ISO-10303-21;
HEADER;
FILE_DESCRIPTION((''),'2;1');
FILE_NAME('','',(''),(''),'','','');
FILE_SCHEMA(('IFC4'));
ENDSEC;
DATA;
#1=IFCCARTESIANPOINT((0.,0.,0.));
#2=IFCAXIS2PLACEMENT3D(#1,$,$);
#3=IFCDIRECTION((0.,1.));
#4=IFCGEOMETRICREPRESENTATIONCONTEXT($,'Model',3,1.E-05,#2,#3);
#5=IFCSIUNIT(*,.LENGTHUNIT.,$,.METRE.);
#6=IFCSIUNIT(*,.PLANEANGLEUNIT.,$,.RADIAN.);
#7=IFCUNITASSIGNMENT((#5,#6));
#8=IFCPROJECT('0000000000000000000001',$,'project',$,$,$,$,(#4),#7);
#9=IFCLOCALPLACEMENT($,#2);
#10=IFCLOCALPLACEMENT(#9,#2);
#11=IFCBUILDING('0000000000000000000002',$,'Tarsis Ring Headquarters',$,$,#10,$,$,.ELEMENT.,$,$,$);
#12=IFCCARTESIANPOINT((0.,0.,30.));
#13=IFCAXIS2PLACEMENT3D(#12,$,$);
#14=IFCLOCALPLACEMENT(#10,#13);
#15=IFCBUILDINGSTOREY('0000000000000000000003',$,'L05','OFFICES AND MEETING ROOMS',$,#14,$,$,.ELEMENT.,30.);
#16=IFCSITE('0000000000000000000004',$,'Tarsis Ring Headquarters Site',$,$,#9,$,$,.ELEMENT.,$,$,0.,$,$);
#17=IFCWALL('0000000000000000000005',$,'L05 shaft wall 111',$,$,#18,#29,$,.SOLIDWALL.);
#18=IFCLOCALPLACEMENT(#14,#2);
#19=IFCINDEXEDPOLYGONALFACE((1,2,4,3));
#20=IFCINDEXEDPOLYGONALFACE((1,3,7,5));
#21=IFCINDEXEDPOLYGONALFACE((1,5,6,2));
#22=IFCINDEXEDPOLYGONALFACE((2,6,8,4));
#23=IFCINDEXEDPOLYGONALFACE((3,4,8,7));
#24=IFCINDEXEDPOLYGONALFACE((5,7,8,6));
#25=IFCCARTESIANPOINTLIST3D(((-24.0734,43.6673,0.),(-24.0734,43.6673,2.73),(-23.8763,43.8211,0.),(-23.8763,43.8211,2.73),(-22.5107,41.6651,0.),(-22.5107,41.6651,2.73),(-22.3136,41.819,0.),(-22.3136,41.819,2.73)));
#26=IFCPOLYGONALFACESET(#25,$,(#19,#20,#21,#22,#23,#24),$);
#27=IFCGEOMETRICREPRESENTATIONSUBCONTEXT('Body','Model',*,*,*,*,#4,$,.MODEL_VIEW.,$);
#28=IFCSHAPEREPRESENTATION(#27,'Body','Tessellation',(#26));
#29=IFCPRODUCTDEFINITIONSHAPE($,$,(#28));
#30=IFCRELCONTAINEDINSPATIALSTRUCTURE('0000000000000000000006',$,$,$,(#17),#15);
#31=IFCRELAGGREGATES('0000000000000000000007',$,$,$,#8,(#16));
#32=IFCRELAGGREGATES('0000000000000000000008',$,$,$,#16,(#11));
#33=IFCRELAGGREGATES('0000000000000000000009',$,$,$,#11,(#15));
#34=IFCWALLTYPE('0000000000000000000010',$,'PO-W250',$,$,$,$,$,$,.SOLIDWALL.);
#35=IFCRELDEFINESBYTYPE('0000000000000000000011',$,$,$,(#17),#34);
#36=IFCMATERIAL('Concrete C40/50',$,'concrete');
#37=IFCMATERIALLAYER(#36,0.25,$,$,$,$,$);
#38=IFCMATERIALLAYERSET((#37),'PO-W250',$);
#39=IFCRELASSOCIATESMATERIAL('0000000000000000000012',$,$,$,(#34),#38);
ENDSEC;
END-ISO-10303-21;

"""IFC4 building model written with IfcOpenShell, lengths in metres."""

from ifc_helpers import new_model, si_unit, direction, frame, frame_2d, origin, place, context, subcontext, project, spatial, rectangle, extrude, material, layer, layer_set, type_object, element, save


model = new_model("IFC4")

# Units and contexts
model_context = context("Model", 3, precision=1e-05, world=origin(), true_north=direction((0.0, 1.0)))
body_context = subcontext(model_context, "Body", "Model", "MODEL_VIEW")
ifc_project = project(units=[si_unit("LENGTHUNIT", "METRE"), si_unit("PLANEANGLEUNIT", "RADIAN")], contexts=[model_context])

# Site, building, storey
site_placement = place(None, origin())
site = spatial("IfcSite", under=ifc_project, at=site_placement, Name="Tarsis Ring Headquarters Site", CompositionType="ELEMENT", RefElevation=0.0)
building_placement = place(site_placement, origin())
building = spatial("IfcBuilding", under=site, at=building_placement, Name="Tarsis Ring Headquarters", CompositionType="ELEMENT")
storey_placement = place(building_placement, frame((0.0, 0.0, 30.0)))
storey = spatial("IfcBuildingStorey", under=building, at=storey_placement, Name="L05", Description="OFFICES AND MEETING ROOMS", CompositionType="ELEMENT", Elevation=30.0)

# Shared definitions
ifc_material_1 = material(Name="Concrete C40/50", Category="concrete")

# Wall
ifc_layer_1 = layer(ifc_material_1, 0.25)
ifc_layer_set_1 = layer_set([ifc_layer_1], Name="PO-W250")
wall_type_1 = type_object("IfcWallType", Name="PO-W250", PredefinedType="SOLIDWALL", material=ifc_layer_set_1)
wall_1_placement = place(storey_placement, frame((-22.4121, 41.7419, 0.0), z_axis=(0.0, 0.0, 1.0), x_axis=(-0.615284, 0.788306, 0.0)))
element("IfcWall", 1, at=wall_1_placement, inside=storey, type_object=wall_type_1, Name="L05 shaft wall 111", PredefinedType="SOLIDWALL", context=body_context, shape_type="SweptSolid", body=[
    extrude(rectangle(XDim=2.5398, YDim=0.25, at=frame_2d((1.27, 0.0))), origin(), (0.0, 0.0, 1.0), 2.73),
])

save(model, "model.ifc")
